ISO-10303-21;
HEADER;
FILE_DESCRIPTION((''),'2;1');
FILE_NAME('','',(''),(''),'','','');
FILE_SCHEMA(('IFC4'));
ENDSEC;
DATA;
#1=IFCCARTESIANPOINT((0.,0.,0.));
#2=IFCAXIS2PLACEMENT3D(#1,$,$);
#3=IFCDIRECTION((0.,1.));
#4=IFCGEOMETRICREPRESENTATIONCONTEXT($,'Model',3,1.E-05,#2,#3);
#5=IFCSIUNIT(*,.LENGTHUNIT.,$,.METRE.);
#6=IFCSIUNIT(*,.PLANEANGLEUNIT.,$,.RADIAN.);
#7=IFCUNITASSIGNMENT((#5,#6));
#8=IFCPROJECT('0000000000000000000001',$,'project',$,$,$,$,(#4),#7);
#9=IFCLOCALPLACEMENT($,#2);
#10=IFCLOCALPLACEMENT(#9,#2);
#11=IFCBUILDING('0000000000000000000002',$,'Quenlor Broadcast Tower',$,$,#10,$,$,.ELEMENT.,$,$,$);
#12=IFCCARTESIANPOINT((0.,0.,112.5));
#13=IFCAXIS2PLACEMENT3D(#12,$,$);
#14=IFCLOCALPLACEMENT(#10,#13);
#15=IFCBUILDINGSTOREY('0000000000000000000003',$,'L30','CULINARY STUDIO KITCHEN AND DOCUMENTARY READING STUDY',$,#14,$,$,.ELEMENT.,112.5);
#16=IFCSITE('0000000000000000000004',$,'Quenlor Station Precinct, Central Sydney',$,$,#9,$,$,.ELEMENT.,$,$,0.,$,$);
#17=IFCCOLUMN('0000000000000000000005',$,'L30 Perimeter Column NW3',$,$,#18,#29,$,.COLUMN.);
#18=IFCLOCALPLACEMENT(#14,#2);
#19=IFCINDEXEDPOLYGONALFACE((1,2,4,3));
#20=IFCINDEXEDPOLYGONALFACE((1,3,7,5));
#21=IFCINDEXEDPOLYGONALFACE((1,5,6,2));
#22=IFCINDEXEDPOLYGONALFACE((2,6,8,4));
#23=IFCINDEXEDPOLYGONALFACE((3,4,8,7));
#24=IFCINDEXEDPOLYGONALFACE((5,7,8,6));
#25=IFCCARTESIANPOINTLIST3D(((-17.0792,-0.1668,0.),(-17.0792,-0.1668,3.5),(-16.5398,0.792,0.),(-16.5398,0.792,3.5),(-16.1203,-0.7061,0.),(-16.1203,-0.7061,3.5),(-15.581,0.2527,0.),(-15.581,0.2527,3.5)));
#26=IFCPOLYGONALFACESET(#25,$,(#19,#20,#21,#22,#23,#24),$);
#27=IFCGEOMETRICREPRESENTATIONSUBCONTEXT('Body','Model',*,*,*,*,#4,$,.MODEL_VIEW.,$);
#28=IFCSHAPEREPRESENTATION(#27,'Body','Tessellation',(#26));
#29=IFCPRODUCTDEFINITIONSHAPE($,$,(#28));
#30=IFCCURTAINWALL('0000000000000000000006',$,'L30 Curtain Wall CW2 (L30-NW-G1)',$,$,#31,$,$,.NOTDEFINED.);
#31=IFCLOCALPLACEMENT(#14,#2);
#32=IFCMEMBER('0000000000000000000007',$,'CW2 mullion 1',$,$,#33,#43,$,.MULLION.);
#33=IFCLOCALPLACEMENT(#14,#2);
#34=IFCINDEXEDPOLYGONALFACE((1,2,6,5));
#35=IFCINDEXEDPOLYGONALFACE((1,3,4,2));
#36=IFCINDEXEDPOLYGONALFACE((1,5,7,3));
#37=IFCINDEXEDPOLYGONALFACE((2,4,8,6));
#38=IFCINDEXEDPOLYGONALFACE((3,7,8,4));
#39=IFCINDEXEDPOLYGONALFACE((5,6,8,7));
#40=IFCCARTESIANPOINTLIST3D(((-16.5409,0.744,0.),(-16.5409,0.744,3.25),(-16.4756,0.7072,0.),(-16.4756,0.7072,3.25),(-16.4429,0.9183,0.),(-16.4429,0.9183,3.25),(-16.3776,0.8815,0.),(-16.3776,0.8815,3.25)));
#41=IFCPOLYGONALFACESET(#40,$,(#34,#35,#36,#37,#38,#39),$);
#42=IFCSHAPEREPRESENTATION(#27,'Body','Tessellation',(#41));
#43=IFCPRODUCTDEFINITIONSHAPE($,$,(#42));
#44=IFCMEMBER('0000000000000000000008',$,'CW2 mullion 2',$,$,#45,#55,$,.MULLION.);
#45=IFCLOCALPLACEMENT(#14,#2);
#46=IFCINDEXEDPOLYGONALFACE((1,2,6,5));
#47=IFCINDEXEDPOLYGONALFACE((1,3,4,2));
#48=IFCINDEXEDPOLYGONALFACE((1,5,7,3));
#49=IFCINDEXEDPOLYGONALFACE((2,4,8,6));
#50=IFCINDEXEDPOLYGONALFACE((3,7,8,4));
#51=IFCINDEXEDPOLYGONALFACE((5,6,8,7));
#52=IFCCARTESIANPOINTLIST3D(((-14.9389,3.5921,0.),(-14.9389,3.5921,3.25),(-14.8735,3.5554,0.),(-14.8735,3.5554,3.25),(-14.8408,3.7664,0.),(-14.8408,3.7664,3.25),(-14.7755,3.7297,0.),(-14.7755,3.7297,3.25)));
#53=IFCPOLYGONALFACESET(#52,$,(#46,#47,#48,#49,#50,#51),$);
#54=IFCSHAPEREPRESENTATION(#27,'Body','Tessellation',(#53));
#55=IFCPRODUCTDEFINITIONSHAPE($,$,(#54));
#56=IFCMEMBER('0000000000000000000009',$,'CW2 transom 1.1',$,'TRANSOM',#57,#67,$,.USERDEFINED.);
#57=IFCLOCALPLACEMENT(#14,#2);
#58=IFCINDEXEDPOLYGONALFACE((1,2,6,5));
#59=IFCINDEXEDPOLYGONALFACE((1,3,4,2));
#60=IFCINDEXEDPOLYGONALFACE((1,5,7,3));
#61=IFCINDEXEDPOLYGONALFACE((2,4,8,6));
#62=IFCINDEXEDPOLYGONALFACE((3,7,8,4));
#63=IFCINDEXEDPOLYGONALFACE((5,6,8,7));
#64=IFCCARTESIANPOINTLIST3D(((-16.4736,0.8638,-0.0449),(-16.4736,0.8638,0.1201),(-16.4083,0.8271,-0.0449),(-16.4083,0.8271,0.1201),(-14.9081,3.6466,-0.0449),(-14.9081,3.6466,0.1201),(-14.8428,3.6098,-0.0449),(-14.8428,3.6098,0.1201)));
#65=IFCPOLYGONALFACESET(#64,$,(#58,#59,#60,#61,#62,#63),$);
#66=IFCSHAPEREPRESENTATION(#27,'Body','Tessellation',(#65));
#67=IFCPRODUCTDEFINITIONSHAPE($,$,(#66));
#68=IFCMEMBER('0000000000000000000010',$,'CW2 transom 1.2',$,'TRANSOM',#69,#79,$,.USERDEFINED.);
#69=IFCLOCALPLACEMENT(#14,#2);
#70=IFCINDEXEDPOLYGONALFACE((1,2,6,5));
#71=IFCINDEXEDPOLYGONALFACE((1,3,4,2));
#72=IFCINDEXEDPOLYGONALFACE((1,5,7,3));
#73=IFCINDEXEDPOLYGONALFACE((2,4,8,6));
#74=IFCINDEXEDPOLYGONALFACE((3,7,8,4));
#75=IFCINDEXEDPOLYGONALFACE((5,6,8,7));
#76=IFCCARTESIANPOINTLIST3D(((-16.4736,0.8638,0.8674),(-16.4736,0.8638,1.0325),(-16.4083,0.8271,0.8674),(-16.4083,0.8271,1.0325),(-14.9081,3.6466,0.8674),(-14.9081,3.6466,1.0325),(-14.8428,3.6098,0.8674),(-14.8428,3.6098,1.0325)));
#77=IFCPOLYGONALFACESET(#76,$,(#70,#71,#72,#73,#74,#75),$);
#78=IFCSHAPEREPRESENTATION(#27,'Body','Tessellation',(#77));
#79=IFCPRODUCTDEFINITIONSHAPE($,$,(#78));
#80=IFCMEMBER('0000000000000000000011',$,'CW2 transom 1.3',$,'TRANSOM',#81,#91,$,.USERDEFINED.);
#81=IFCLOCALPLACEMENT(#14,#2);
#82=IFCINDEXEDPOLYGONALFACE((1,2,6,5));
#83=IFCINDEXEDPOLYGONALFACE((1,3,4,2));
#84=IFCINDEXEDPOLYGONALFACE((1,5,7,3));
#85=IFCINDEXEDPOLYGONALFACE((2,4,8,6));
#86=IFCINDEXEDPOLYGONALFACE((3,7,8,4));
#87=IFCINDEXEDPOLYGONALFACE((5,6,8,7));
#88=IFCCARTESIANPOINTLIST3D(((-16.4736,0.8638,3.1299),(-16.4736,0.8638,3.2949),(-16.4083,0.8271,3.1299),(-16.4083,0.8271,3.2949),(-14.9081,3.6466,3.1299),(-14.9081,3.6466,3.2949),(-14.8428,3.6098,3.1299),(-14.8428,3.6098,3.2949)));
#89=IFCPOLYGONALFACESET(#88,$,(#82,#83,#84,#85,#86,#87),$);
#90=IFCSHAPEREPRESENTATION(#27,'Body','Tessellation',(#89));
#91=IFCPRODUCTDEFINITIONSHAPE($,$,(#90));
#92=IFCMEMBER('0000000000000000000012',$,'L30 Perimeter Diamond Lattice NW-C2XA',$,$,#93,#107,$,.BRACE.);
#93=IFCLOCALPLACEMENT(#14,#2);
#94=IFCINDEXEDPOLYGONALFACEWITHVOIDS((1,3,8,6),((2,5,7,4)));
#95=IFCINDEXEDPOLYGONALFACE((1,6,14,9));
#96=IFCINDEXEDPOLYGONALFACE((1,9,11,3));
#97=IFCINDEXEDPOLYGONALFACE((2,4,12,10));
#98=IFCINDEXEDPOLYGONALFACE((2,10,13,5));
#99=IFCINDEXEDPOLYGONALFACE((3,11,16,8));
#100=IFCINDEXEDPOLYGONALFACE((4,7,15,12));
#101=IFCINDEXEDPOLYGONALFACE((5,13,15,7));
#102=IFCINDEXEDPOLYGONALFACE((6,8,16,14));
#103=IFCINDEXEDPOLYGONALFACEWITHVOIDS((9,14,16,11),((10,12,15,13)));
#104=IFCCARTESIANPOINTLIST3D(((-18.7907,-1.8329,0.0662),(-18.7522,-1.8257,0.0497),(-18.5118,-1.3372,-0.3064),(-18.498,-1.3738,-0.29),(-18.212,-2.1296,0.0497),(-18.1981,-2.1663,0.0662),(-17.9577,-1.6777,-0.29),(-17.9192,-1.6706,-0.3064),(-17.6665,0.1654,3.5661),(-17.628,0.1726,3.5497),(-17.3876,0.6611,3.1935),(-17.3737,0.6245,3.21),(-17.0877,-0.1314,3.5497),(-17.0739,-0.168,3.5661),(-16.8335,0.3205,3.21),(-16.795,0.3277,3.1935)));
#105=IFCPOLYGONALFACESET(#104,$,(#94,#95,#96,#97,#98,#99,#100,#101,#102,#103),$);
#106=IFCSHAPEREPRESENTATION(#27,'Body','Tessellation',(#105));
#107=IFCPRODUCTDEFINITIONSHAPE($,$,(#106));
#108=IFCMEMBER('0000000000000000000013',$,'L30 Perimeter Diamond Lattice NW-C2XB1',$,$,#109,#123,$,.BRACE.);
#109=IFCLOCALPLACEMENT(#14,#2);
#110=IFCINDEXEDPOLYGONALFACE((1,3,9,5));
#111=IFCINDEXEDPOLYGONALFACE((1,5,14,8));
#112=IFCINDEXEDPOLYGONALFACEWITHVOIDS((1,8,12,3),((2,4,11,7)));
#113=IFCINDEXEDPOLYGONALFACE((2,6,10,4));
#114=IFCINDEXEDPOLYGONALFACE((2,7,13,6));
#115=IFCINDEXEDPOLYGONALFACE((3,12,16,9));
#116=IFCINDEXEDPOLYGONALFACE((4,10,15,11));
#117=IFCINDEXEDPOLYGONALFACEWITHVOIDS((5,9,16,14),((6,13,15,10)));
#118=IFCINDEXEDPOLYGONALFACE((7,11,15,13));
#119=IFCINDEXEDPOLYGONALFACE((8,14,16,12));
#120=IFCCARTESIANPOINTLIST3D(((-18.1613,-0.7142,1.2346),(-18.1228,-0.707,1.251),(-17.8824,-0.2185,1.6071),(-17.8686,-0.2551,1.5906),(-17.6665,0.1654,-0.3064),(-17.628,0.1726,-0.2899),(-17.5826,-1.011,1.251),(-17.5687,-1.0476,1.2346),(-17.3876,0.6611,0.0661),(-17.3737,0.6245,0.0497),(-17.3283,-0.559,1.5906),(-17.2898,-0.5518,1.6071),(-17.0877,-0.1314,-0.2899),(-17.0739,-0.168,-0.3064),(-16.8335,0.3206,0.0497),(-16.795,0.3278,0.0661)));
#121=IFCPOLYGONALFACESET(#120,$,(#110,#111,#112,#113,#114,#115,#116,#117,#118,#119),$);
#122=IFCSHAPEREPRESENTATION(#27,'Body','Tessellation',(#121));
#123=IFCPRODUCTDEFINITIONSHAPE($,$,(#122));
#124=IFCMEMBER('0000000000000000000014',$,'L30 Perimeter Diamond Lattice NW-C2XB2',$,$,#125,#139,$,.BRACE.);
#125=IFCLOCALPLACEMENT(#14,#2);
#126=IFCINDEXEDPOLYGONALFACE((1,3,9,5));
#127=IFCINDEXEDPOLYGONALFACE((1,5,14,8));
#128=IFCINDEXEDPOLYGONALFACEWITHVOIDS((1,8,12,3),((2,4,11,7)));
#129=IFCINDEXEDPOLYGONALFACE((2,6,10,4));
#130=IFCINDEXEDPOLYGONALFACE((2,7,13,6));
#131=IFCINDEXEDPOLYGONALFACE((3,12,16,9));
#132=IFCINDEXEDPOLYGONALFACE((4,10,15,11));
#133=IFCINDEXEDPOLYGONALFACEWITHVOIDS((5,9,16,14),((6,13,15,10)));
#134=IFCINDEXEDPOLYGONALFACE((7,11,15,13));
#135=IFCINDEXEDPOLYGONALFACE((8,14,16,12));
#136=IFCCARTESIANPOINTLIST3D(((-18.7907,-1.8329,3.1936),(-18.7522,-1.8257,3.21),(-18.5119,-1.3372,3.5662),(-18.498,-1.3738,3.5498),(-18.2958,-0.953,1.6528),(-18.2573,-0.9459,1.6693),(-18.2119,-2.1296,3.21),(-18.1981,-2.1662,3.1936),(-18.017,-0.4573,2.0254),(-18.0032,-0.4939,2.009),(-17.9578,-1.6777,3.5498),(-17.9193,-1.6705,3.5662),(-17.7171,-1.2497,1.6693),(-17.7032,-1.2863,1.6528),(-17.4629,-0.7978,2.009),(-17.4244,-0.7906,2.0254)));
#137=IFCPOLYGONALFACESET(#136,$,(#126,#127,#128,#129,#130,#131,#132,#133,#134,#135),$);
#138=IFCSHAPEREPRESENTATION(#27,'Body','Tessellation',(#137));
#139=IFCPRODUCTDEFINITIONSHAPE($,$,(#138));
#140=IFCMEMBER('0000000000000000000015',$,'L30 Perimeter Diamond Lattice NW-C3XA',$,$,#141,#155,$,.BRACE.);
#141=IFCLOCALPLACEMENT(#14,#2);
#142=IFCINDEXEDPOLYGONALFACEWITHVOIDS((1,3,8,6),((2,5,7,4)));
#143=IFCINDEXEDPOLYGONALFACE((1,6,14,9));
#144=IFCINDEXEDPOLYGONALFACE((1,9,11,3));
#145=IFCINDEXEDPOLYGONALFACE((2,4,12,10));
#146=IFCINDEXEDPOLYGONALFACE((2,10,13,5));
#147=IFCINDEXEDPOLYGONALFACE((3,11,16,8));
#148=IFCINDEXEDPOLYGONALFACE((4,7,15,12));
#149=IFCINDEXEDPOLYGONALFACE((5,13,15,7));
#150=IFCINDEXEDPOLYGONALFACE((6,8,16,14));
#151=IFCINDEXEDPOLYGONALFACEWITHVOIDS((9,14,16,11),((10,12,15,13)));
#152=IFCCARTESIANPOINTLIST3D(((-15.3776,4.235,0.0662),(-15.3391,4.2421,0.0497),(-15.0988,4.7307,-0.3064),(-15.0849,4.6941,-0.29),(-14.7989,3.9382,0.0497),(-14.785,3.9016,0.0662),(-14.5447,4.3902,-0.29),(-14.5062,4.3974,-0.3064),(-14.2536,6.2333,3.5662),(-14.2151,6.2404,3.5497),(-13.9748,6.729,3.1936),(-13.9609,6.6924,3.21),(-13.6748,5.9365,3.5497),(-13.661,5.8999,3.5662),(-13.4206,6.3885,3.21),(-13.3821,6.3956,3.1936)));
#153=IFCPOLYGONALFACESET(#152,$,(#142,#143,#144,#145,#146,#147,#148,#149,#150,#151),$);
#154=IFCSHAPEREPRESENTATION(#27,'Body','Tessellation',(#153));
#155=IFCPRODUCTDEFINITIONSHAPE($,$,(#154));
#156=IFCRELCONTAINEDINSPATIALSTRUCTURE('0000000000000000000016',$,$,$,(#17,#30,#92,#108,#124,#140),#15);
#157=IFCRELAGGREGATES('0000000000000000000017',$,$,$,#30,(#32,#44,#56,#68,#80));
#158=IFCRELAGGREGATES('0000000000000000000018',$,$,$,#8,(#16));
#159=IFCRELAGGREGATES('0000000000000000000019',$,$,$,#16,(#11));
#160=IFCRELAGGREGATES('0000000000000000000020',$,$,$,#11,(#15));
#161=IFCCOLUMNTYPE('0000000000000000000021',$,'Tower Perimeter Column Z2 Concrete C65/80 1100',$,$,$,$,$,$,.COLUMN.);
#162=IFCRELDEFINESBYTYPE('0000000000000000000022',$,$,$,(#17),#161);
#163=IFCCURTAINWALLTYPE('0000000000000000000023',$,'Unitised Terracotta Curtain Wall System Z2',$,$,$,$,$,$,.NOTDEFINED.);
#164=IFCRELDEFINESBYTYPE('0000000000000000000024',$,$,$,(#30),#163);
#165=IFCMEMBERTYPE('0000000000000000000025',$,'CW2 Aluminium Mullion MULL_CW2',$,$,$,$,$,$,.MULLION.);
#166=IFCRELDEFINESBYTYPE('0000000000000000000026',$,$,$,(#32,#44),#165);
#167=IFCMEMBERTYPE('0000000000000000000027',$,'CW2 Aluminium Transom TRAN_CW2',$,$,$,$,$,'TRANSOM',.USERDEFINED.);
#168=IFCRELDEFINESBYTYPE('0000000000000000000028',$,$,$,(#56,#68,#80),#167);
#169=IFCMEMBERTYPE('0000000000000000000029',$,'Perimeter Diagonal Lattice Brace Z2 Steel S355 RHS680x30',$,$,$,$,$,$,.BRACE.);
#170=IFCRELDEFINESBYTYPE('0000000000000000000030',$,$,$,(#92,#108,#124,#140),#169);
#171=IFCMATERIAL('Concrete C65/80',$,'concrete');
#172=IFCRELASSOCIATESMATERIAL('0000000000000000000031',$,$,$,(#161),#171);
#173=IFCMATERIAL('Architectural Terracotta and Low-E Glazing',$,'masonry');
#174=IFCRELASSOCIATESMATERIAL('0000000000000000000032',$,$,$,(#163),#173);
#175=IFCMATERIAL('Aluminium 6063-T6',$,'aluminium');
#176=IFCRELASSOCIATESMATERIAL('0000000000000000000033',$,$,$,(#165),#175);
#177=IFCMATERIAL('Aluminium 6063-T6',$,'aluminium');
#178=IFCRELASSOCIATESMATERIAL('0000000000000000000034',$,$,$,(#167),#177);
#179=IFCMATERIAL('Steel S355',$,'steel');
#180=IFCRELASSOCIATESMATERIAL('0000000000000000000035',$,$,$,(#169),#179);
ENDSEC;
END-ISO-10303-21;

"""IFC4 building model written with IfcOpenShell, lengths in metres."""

from ifc_helpers import new_model, si_unit, direction, frame, origin, origin_2d, place, context, subcontext, project, spatial, rectangle, hollow_rectangle, extrude, material, material_profile, profile_set, type_object, element, aggregate, save


model = new_model("IFC4")

# Units and contexts
model_context = context("Model", 3, precision=1e-05, world=origin(), true_north=direction((0.0, 1.0)))
body_context = subcontext(model_context, "Body", "Model", "MODEL_VIEW")
ifc_project = project(units=[si_unit("LENGTHUNIT", "METRE"), si_unit("PLANEANGLEUNIT", "RADIAN")], contexts=[model_context])

# Site, building, storey
site_placement = place(None, origin())
site = spatial("IfcSite", under=ifc_project, at=site_placement, Name="Quenlor Station Precinct, Central Sydney", CompositionType="ELEMENT", RefElevation=0.0)
building_placement = place(site_placement, origin())
building = spatial("IfcBuilding", under=site, at=building_placement, Name="Quenlor Broadcast Tower", CompositionType="ELEMENT")
storey_placement = place(building_placement, frame((0.0, 0.0, 112.5)))
storey = spatial("IfcBuildingStorey", under=building, at=storey_placement, Name="L30", Description="CULINARY STUDIO KITCHEN AND DOCUMENTARY READING STUDY", CompositionType="ELEMENT", Elevation=112.5)

# Column
ifc_material_1 = material(Name="Concrete C65/80", Category="concrete")
ifc_material_profile_1 = material_profile(ifc_material_1, rectangle(XDim=1.1001, YDim=1.1001, at=origin_2d()))
ifc_profile_set_1 = profile_set([ifc_material_profile_1], Name="Concrete C65/80 RC1100x1100")
column_type = type_object("IfcColumnType", Name="Tower Perimeter Column Z2 Concrete C65/80 1100", PredefinedType="COLUMN", material=ifc_profile_set_1)
column_placement = place(storey_placement, frame((-16.3301, 0.043, 0.0), z_axis=(0.0, 0.0, 1.0), x_axis=(-0.871575, 0.490262, 0.0)))
element("IfcColumn", 1, at=column_placement, inside=storey, type_object=column_type, Name="L30 Perimeter Column NW3", PredefinedType="COLUMN", context=body_context, shape_type="SweptSolid", body=[
    extrude(rectangle(XDim=1.1001, YDim=1.1001, at=origin_2d()), origin(), (0.0, 0.0, 1.0), 3.5),
])

# Curtain wall, members
ifc_material_2 = material(Name="Architectural Terracotta and Low-E Glazing", Category="masonry")
curtain_wall_type = type_object("IfcCurtainWallType", Name="Unitised Terracotta Curtain Wall System Z2", PredefinedType="NOTDEFINED", material=ifc_material_2)
curtain_wall_placement = place(storey_placement, origin())
curtain_wall = element("IfcCurtainWall", 2, at=curtain_wall_placement, inside=storey, type_object=curtain_wall_type, Name="L30 Curtain Wall CW2 (L30-NW-G1)", PredefinedType="NOTDEFINED")
ifc_material_3 = material(Name="Aluminium 6063-T6", Category="aluminium")
ifc_material_profile_2 = material_profile(ifc_material_3, rectangle(XDim=0.075, YDim=0.2, at=origin_2d()))
ifc_profile_set_2 = profile_set([ifc_material_profile_2], Name="Aluminium 6063-T6 MULL75x200")
member_type_1 = type_object("IfcMemberType", Name="CW2 Aluminium Mullion MULL_CW2", PredefinedType="MULLION", material=ifc_profile_set_2)
member_1_placement = place(storey_placement, frame((-16.4592, 0.8127, 0.0), z_axis=(0.0, 0.0, 1.0), x_axis=(-0.871576, 0.490261, 0.0)))
member_1 = element("IfcMember", 3, at=member_1_placement, type_object=member_type_1, Name="CW2 mullion 1", PredefinedType="MULLION", context=body_context, shape_type="SweptSolid", body=[
    extrude(rectangle(XDim=0.075, YDim=0.2, at=origin_2d()), origin(), (0.0, 0.0, 1.0), 3.25),
])
member_2_placement = place(storey_placement, frame((-14.8572, 3.6609, 0.0), z_axis=(0.0, 0.0, 1.0), x_axis=(-0.871576, 0.490261, 0.0)))
member_2 = element("IfcMember", 4, at=member_2_placement, type_object=member_type_1, Name="CW2 mullion 2", PredefinedType="MULLION", context=body_context, shape_type="SweptSolid", body=[
    extrude(rectangle(XDim=0.075, YDim=0.2, at=origin_2d()), origin(), (0.0, 0.0, 1.0), 3.25),
])
ifc_material_4 = material(Name="Aluminium 6063-T6", Category="aluminium")
ifc_material_profile_3 = material_profile(ifc_material_4, rectangle(XDim=0.075, YDim=0.165, at=origin_2d()))
ifc_profile_set_3 = profile_set([ifc_material_profile_3], Name="Aluminium 6063-T6 TRAN75x165")
member_type_2 = type_object("IfcMemberType", Name="CW2 Aluminium Transom TRAN_CW2", ElementType="TRANSOM", PredefinedType="USERDEFINED", material=ifc_profile_set_3)
member_3_placement = place(storey_placement, frame((-16.4409, 0.8455, 0.0376), z_axis=(0.490298, 0.871555, 0.0), x_axis=(-0.871555, 0.490298, 0.0)))
member_3 = element("IfcMember", 5, at=member_3_placement, type_object=member_type_2, Name="CW2 transom 1.1", ObjectType="TRANSOM", PredefinedType="USERDEFINED", context=body_context, shape_type="SweptSolid", body=[
    extrude(rectangle(XDim=0.075, YDim=0.165, at=origin_2d()), origin(), (0.0, 0.0, 1.0), 3.1929),
])
member_4_placement = place(storey_placement, frame((-16.4409, 0.8455, 0.95), z_axis=(0.490298, 0.871555, 0.0), x_axis=(-0.871555, 0.490298, 0.0)))
member_4 = element("IfcMember", 6, at=member_4_placement, type_object=member_type_2, Name="CW2 transom 1.2", ObjectType="TRANSOM", PredefinedType="USERDEFINED", context=body_context, shape_type="SweptSolid", body=[
    extrude(rectangle(XDim=0.075, YDim=0.165, at=origin_2d()), origin(), (0.0, 0.0, 1.0), 3.1929),
])
member_5_placement = place(storey_placement, frame((-16.4409, 0.8455, 3.2124), z_axis=(0.490298, 0.871555, 0.0), x_axis=(-0.871555, 0.490298, 0.0)))
member_5 = element("IfcMember", 7, at=member_5_placement, type_object=member_type_2, Name="CW2 transom 1.3", ObjectType="TRANSOM", PredefinedType="USERDEFINED", context=body_context, shape_type="SweptSolid", body=[
    extrude(rectangle(XDim=0.075, YDim=0.165, at=origin_2d()), origin(), (0.0, 0.0, 1.0), 3.1929),
])

# Members
ifc_material_5 = material(Name="Steel S355", Category="steel")
ifc_material_profile_4 = material_profile(ifc_material_5, hollow_rectangle(XDim=0.6799, YDim=0.6799, WallThickness=0.03, at=origin_2d()))
ifc_profile_set_4 = profile_set([ifc_material_profile_4], Name="Steel S355 RHS680x680x30")
member_type_3 = type_object("IfcMemberType", Name="Perimeter Diagonal Lattice Brace Z2 Steel S355 RHS680x30", PredefinedType="BRACE", material=ifc_profile_set_4)
member_6_placement = place(storey_placement, frame((-18.355, -1.7517, -0.1201), z_axis=(0.268697, 0.477585, 0.836489), x_axis=(-0.871533, 0.490337, 0.0)))
element("IfcMember", 8, at=member_6_placement, inside=storey, type_object=member_type_3, Name="L30 Perimeter Diamond Lattice NW-C2XA", PredefinedType="BRACE", context=body_context, shape_type="SweptSolid", body=[
    extrude(hollow_rectangle(XDim=0.6799, YDim=0.6799, WallThickness=0.03, at=origin_2d()), origin(), (0.0, 0.0, 1.0), 4.1841),
])
for number, where, z_axis, x_axis, name in (
    (9, (-17.2307, 0.2466, -0.1201), (-0.268644, -0.477515, 0.836546), (0.871543, -0.490319, 0.0), "L30 Perimeter Diamond Lattice NW-C2XB1"),
    (10, (-17.8601, -0.8718, 1.8391), (-0.268657, -0.477671, 0.836454), (0.871601, -0.490215, 0.0), "L30 Perimeter Diamond Lattice NW-C2XB2"),
):
    element("IfcMember", number, at=place(storey_placement, frame(where, z_axis=z_axis, x_axis=x_axis)), inside=storey, type_object=member_type_3, Name=name, PredefinedType="BRACE", context=body_context, shape_type="SweptSolid", body=[
        extrude(hollow_rectangle(XDim=0.6799, YDim=0.6799, WallThickness=0.03, at=origin_2d()), origin(), (0.0, 0.0, 1.0), 1.842),
    ])
member_7_placement = place(storey_placement, frame((-14.9419, 4.3162, -0.1201), z_axis=(0.268642, 0.477593, 0.836502), x_axis=(-0.871578, 0.490256, 0.0)))
element("IfcMember", 11, at=member_7_placement, inside=storey, type_object=member_type_3, Name="L30 Perimeter Diamond Lattice NW-C3XA", PredefinedType="BRACE", context=body_context, shape_type="SweptSolid", body=[
    extrude(hollow_rectangle(XDim=0.6799, YDim=0.6799, WallThickness=0.03, at=origin_2d()), origin(), (0.0, 0.0, 1.0), 4.1841),
])

aggregate(curtain_wall, [member_1, member_2, member_3, member_4, member_5])

save(model, "model.ifc")
